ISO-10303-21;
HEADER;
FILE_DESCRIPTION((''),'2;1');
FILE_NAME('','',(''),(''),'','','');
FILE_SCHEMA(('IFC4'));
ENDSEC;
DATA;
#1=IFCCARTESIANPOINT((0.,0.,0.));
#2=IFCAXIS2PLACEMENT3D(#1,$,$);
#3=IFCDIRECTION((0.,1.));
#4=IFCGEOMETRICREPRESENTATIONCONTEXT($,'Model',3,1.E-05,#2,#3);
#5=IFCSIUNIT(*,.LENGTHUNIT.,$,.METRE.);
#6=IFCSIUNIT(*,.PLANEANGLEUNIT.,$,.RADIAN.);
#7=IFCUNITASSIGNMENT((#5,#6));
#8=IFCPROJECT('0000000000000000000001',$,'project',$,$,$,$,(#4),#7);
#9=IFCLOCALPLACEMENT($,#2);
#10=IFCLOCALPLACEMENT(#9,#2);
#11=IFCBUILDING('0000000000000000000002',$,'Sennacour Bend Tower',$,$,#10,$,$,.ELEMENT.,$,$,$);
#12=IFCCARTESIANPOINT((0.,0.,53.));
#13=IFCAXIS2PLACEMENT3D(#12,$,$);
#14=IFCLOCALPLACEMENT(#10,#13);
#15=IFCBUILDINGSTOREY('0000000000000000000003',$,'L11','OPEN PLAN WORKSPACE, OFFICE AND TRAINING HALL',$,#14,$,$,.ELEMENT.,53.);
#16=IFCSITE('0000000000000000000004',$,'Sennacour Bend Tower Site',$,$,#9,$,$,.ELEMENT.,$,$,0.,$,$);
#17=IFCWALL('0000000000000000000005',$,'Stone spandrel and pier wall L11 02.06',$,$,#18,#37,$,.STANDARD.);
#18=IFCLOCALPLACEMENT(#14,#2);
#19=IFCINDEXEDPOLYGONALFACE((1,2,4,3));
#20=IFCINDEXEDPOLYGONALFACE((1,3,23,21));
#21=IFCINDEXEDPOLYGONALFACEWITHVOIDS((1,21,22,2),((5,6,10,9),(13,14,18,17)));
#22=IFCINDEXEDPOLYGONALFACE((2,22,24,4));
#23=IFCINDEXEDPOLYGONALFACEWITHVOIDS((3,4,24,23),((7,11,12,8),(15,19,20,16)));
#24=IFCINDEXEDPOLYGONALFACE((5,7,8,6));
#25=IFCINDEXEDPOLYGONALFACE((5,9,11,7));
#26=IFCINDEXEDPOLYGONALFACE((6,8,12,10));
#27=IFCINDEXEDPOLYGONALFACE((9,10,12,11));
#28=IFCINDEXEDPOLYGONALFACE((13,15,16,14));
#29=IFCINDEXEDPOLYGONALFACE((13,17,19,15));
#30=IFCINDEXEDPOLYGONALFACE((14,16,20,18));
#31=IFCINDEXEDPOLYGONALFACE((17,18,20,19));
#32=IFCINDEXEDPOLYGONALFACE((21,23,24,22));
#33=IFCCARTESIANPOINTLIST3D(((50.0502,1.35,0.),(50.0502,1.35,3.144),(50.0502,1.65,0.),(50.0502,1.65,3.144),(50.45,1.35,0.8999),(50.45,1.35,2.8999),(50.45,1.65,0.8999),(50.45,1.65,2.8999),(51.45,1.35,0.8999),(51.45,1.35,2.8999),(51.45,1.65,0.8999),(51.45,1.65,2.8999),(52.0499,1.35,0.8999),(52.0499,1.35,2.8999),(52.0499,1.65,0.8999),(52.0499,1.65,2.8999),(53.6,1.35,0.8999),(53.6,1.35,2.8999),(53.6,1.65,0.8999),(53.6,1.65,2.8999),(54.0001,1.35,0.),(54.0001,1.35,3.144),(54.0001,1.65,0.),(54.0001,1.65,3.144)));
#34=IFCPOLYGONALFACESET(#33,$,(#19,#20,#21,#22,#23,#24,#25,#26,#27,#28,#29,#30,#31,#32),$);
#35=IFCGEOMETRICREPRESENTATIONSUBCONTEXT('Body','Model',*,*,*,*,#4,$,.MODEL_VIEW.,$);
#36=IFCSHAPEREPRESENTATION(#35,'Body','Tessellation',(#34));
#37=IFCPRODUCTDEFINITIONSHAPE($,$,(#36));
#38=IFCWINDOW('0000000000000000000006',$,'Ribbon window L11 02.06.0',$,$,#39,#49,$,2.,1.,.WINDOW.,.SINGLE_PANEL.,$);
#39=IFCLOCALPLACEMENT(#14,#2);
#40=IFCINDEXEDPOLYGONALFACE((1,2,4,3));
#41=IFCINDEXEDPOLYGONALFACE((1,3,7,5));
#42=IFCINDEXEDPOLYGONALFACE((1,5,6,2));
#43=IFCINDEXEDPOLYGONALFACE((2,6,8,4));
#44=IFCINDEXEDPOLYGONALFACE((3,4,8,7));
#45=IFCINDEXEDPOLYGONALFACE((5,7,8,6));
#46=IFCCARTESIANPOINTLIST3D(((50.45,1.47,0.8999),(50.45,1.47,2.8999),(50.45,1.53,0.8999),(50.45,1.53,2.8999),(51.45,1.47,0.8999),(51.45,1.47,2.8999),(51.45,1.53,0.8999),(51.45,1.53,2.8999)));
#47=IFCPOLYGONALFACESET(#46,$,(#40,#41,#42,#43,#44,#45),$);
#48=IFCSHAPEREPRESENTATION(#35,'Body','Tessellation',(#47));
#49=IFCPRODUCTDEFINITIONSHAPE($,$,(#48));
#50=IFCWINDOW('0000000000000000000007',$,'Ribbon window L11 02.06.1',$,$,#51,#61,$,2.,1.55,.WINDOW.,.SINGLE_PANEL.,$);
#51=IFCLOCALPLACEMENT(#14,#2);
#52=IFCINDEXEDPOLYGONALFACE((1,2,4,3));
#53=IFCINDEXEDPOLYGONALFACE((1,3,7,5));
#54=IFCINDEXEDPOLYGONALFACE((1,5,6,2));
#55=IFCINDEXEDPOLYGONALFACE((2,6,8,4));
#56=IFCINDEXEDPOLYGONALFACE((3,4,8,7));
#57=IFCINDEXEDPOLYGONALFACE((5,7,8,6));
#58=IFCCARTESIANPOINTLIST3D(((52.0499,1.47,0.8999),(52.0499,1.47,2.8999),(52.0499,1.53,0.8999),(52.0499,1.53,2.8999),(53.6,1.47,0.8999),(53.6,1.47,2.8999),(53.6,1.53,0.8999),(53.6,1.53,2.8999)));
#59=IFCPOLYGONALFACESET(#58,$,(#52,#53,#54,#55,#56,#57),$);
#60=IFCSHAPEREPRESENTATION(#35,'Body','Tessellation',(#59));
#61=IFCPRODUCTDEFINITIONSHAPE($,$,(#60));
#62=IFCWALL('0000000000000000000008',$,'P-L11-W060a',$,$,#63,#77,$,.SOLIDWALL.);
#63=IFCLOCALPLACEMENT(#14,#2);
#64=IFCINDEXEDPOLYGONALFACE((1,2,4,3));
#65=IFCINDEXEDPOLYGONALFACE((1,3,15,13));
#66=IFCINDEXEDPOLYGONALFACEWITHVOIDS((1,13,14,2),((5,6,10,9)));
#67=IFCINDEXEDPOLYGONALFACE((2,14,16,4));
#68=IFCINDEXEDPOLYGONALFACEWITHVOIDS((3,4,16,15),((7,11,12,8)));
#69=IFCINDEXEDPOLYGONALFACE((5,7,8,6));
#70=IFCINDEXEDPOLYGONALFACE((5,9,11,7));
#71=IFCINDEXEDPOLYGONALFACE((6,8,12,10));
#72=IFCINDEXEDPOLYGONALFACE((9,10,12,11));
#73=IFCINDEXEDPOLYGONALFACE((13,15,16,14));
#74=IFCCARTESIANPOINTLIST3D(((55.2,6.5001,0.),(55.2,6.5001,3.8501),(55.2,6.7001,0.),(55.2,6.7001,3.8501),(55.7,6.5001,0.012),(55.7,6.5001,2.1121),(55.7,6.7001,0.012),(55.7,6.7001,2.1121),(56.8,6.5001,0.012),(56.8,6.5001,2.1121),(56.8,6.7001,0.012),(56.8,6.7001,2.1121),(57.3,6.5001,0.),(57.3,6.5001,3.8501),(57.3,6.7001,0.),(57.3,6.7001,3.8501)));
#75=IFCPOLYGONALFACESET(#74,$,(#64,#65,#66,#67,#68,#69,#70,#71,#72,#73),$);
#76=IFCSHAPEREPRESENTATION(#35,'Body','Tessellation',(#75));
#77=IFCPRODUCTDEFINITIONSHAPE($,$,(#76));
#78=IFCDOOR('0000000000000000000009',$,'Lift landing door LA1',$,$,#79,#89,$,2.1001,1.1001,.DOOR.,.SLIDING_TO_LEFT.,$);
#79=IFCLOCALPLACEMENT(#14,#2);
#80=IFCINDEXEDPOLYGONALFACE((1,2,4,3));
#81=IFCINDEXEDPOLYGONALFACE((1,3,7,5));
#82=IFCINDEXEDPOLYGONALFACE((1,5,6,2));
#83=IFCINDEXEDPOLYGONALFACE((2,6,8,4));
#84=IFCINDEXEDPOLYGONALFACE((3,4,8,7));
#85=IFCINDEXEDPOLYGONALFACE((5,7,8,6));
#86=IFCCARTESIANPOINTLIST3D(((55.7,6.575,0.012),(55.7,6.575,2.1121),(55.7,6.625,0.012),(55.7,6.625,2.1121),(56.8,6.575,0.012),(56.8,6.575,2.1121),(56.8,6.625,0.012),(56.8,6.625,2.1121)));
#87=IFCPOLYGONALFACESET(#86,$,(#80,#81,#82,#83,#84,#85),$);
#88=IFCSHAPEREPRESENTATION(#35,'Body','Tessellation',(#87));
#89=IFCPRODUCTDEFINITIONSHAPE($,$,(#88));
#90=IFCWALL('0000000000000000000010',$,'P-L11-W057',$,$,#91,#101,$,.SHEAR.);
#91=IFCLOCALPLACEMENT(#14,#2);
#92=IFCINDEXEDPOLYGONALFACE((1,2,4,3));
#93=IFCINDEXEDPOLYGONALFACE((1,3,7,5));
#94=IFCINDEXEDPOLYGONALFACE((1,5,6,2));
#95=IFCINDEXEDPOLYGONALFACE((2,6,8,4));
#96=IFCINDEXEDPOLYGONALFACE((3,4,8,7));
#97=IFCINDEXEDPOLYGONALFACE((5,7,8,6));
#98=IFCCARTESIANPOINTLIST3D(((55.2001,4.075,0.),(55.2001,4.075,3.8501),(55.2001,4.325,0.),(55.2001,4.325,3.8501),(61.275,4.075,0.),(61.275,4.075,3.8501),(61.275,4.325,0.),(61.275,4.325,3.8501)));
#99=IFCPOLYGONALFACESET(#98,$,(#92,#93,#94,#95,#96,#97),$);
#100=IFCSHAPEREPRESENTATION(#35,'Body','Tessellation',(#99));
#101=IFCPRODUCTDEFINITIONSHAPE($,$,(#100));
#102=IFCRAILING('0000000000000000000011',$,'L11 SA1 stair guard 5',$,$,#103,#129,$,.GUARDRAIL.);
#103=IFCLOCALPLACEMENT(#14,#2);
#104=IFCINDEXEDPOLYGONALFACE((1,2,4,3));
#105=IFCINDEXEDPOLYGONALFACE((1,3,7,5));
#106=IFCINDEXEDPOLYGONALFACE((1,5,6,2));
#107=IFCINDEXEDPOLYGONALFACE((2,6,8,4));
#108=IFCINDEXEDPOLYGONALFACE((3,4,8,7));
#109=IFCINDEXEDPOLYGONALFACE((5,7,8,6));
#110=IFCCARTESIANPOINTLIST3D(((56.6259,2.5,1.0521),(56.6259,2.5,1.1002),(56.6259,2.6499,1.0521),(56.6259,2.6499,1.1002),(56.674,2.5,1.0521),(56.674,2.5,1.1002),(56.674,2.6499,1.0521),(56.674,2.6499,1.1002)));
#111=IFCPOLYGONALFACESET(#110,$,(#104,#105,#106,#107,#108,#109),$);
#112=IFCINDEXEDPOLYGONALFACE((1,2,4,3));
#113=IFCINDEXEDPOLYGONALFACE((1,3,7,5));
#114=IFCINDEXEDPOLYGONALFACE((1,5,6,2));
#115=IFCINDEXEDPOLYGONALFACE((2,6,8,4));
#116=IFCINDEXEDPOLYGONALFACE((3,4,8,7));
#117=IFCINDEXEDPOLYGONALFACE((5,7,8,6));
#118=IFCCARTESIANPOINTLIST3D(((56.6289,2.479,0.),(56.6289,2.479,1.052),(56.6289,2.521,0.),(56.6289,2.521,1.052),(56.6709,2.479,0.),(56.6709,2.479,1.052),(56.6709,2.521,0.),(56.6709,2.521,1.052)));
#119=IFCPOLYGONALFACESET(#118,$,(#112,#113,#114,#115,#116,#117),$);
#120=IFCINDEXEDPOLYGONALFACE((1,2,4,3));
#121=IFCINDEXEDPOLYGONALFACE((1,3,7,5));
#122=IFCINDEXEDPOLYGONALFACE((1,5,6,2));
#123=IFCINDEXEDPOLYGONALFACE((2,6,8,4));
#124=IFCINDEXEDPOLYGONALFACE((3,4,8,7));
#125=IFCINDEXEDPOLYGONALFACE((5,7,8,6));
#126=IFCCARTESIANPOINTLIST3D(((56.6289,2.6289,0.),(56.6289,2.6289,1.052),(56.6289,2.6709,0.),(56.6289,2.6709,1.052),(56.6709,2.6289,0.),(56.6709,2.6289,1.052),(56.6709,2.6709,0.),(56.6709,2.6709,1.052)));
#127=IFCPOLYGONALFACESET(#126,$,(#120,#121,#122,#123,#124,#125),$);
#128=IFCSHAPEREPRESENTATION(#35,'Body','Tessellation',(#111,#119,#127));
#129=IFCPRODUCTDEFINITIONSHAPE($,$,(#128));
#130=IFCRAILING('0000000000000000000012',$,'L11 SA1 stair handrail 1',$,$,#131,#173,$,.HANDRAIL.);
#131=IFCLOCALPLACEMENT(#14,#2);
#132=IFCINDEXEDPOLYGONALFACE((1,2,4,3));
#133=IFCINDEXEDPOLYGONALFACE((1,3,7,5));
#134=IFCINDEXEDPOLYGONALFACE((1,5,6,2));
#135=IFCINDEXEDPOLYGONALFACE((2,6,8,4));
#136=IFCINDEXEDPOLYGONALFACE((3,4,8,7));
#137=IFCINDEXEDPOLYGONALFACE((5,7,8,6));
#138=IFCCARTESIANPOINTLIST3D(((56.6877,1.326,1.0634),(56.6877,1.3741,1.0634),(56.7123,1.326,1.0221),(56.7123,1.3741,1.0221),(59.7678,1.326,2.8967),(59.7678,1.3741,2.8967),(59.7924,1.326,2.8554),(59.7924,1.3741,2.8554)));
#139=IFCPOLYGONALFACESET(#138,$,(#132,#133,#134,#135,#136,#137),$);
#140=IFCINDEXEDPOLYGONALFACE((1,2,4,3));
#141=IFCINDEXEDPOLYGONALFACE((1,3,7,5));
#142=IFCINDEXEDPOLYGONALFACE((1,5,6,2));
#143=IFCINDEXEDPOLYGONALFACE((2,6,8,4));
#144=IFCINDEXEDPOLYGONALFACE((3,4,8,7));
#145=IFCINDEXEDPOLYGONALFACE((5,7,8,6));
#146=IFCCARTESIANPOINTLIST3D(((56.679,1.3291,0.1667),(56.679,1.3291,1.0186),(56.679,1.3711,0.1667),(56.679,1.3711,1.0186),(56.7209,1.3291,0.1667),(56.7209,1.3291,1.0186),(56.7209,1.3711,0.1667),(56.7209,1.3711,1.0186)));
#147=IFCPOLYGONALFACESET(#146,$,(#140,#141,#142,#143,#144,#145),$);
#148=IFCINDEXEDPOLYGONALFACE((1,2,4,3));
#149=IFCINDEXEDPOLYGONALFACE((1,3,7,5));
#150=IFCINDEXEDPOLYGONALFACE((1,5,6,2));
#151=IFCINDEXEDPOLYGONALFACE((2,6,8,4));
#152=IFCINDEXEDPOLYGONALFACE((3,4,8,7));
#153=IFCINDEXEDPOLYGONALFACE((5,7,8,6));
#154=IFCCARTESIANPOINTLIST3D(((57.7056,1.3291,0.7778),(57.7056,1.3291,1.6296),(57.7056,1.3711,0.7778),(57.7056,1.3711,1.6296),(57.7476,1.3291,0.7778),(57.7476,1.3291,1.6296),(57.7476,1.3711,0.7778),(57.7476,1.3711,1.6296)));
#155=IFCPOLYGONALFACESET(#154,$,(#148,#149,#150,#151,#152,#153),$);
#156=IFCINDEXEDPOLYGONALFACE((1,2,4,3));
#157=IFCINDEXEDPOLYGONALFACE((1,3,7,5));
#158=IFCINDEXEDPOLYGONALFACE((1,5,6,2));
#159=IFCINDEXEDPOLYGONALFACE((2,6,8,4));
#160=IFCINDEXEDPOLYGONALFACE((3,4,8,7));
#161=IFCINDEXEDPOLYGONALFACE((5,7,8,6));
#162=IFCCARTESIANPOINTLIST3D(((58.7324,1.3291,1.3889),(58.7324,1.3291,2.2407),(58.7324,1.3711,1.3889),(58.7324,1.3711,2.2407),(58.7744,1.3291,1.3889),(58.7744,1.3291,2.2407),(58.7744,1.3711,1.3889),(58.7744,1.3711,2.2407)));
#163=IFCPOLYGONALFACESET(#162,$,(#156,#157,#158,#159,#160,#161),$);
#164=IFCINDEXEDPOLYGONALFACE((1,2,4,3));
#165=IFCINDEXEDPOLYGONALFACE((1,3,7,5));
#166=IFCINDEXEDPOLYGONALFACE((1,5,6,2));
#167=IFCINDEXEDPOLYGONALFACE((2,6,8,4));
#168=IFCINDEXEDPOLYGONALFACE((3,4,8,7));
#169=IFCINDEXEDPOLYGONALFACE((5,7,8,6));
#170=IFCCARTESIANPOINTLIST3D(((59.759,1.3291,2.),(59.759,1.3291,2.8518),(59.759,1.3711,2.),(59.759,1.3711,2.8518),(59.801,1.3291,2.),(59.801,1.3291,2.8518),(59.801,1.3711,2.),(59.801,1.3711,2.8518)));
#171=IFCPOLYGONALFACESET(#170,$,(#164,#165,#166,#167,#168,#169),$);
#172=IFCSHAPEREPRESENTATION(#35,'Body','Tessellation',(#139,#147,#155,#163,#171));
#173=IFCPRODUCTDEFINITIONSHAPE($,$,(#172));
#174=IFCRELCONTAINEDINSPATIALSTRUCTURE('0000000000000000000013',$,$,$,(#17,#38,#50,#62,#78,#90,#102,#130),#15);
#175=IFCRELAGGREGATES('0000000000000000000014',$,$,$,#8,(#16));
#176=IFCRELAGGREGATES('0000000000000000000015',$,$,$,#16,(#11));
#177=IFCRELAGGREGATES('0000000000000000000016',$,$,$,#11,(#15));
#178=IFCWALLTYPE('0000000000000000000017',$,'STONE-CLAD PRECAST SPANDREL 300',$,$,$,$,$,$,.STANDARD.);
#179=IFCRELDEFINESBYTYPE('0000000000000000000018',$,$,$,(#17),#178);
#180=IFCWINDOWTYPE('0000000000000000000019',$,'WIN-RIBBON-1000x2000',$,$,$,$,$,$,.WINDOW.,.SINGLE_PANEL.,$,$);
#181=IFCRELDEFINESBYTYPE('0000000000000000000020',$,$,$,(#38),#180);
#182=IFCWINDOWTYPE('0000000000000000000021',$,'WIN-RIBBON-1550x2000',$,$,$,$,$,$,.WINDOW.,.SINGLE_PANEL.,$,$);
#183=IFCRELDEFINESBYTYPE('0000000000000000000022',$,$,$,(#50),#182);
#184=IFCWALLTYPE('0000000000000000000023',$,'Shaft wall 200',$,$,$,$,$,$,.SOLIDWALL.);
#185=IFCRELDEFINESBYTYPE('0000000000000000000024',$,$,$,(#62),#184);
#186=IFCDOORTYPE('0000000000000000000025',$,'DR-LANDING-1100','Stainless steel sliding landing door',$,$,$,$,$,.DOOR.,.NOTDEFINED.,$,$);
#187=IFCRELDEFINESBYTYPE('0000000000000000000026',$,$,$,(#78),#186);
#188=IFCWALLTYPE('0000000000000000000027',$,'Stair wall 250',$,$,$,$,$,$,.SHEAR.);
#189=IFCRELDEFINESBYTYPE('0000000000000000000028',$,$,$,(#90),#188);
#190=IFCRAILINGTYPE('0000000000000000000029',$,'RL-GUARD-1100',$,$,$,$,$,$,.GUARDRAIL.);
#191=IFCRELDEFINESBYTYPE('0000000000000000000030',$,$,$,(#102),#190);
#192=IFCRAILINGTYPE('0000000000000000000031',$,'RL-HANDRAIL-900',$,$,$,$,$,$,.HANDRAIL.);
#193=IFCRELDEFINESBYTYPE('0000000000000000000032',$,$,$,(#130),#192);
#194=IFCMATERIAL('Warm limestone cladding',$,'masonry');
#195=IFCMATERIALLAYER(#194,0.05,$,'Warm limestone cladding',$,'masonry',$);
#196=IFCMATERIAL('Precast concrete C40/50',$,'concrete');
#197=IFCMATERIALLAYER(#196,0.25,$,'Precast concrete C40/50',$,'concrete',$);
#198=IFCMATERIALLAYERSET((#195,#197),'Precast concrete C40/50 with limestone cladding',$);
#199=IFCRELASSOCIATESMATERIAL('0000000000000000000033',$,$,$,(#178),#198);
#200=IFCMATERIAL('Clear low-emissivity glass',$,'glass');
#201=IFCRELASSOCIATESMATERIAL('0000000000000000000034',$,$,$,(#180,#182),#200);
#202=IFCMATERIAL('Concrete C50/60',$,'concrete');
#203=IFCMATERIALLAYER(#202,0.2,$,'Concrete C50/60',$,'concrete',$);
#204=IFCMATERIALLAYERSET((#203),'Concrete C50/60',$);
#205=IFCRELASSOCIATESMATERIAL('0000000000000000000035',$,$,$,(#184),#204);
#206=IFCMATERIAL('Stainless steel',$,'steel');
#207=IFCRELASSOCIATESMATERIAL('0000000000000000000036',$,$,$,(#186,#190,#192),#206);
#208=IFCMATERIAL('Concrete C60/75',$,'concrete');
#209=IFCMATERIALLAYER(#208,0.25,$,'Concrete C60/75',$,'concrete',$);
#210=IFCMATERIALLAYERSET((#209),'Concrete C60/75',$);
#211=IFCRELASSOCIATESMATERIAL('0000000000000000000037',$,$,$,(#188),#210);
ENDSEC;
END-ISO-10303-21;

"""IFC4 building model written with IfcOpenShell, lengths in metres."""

from ifc_helpers import new_model, si_unit, direction, frame, frame_2d, origin, origin_2d, place, context, subcontext, project, spatial, rectangle, extrude, material, layer, layer_set, type_object, element, fill, save


model = new_model("IFC4")

# Units and contexts
model_context = context("Model", 3, precision=1e-05, world=origin(), true_north=direction((0.0, 1.0)))
body_context = subcontext(model_context, "Body", "Model", "MODEL_VIEW")
ifc_project = project(units=[si_unit("LENGTHUNIT", "METRE"), si_unit("PLANEANGLEUNIT", "RADIAN")], contexts=[model_context])

# Site, building, storey
site_placement = place(None, origin())
site = spatial("IfcSite", under=ifc_project, at=site_placement, Name="Sennacour Bend Tower Site", CompositionType="ELEMENT", RefElevation=0.0)
building_placement = place(site_placement, origin())
building = spatial("IfcBuilding", under=site, at=building_placement, Name="Sennacour Bend Tower", CompositionType="ELEMENT")
storey_placement = place(building_placement, frame((0.0, 0.0, 53.0)))
storey = spatial("IfcBuildingStorey", under=building, at=storey_placement, Name="L11", Description="OPEN PLAN WORKSPACE, OFFICE AND TRAINING HALL", CompositionType="ELEMENT", Elevation=53.0)

# Wall, openings, windows
ifc_material_1 = material(Name="Warm limestone cladding", Category="masonry")
ifc_layer_1 = layer(ifc_material_1, 0.05, Name="Warm limestone cladding", Category="masonry")
ifc_material_2 = material(Name="Precast concrete C40/50", Category="concrete")
ifc_layer_2 = layer(ifc_material_2, 0.25, Name="Precast concrete C40/50", Category="concrete")
ifc_layer_set_1 = layer_set([ifc_layer_1, ifc_layer_2], Name="Precast concrete C40/50 with limestone cladding")
wall_type_1 = type_object("IfcWallType", Name="STONE-CLAD PRECAST SPANDREL 300", PredefinedType="STANDARD", material=ifc_layer_set_1)
wall_1_placement = place(storey_placement, frame((50.05, 1.5, 0.0), z_axis=(0.0, 0.0, 1.0), x_axis=(1.0, 0.0, 0.0)))
wall_1 = element("IfcWall", 1, at=wall_1_placement, inside=storey, type_object=wall_type_1, Name="Stone spandrel and pier wall L11 02.06", PredefinedType="STANDARD", context=body_context, shape_type="SweptSolid", body=[
    extrude(rectangle(XDim=3.95, YDim=0.3, at=frame_2d((1.9751, 0.0))), origin(), (0.0, 0.0, 1.0), 3.144),
])
opening_1_placement = place(wall_1_placement, frame((0.3999, 0.0, 0.8999)))
opening_1 = element("IfcOpeningElement", 2, at=opening_1_placement, cuts=wall_1, PredefinedType="OPENING", context=body_context, shape_type="SweptSolid", body=[
    extrude(rectangle(XDim=1.0, YDim=2.0, at=frame_2d((0.5, 1.0))), frame((0.0, 0.1602, 0.0), z_axis=(0.0, -1.0, 0.0), x_axis=(1.0, 0.0, 0.0)), (0.0, 0.0, 1.0), 0.3201),
])
opening_2_placement = place(wall_1_placement, frame((2.0, 0.0, 0.8999)))
opening_2 = element("IfcOpeningElement", 3, at=opening_2_placement, cuts=wall_1, PredefinedType="OPENING", context=body_context, shape_type="SweptSolid", body=[
    extrude(rectangle(XDim=1.55, YDim=2.0, at=frame_2d((0.7749, 1.0))), frame((0.0, 0.1602, 0.0), z_axis=(0.0, -1.0, 0.0), x_axis=(1.0, 0.0, 0.0)), (0.0, 0.0, 1.0), 0.3201),
])
ifc_material_3 = material(Name="Clear low-emissivity glass", Category="glass")
window_type_1 = type_object("IfcWindowType", Name="WIN-RIBBON-1000x2000", PartitioningType="SINGLE_PANEL", PredefinedType="WINDOW", material=ifc_material_3)
window_1_placement = place(opening_1_placement, origin())
window_1 = element("IfcWindow", 4, at=window_1_placement, inside=storey, type_object=window_type_1, Name="Ribbon window L11 02.06.0", OverallHeight=2.0, OverallWidth=1.0, PartitioningType="SINGLE_PANEL", PredefinedType="WINDOW", context=body_context, shape_type="SweptSolid", body=[
    extrude(rectangle(XDim=1.0, YDim=2.0, at=frame_2d((0.5, 1.0))), frame((0.0, 0.03, 0.0), z_axis=(0.0, -1.0, 0.0), x_axis=(1.0, 0.0, 0.0)), (0.0, 0.0, 1.0), 0.0601),
])
fill(opening_1, window_1)
window_type_2 = type_object("IfcWindowType", Name="WIN-RIBBON-1550x2000", PartitioningType="SINGLE_PANEL", PredefinedType="WINDOW", material=ifc_material_3)
window_2_placement = place(opening_2_placement, origin())
window_2 = element("IfcWindow", 5, at=window_2_placement, inside=storey, type_object=window_type_2, Name="Ribbon window L11 02.06.1", OverallHeight=2.0, OverallWidth=1.55, PartitioningType="SINGLE_PANEL", PredefinedType="WINDOW", context=body_context, shape_type="SweptSolid", body=[
    extrude(rectangle(XDim=1.55, YDim=2.0, at=frame_2d((0.7749, 1.0))), frame((0.0, 0.03, 0.0), z_axis=(0.0, -1.0, 0.0), x_axis=(1.0, 0.0, 0.0)), (0.0, 0.0, 1.0), 0.0601),
])
fill(opening_2, window_2)

# Wall, opening, door
ifc_material_4 = material(Name="Concrete C50/60", Category="concrete")
ifc_layer_3 = layer(ifc_material_4, 0.2, Name="Concrete C50/60", Category="concrete")
ifc_layer_set_2 = layer_set([ifc_layer_3], Name="Concrete C50/60")
wall_type_2 = type_object("IfcWallType", Name="Shaft wall 200", PredefinedType="SOLIDWALL", material=ifc_layer_set_2)
wall_2_placement = place(storey_placement, frame((55.2, 6.6001, 0.0), z_axis=(0.0, 0.0, 1.0), x_axis=(1.0, 0.0, 0.0)))
wall_2 = element("IfcWall", 6, at=wall_2_placement, inside=storey, type_object=wall_type_2, Name="P-L11-W060a", PredefinedType="SOLIDWALL", context=body_context, shape_type="SweptSolid", body=[
    extrude(rectangle(XDim=2.1001, YDim=0.2, at=frame_2d((1.05, 0.0))), origin(), (0.0, 0.0, 1.0), 3.8501),
])
opening_3_placement = place(wall_2_placement, frame((0.5, 0.0, 0.012)))
opening_3 = element("IfcOpeningElement", 7, at=opening_3_placement, cuts=wall_2, PredefinedType="OPENING", context=body_context, shape_type="SweptSolid", body=[
    extrude(rectangle(XDim=1.1001, YDim=2.1001, at=frame_2d((0.55, 1.05))), frame((0.0, 0.1099, 0.0), z_axis=(0.0, -1.0, 0.0), x_axis=(1.0, 0.0, 0.0)), (0.0, 0.0, 1.0), 0.22),
])
ifc_material_5 = material(Name="Stainless steel", Category="steel")
door_type_1 = type_object("IfcDoorType", Name="DR-LANDING-1100", Description="Stainless steel sliding landing door", OperationType="NOTDEFINED", PredefinedType="DOOR", material=ifc_material_5)
door_1_placement = place(opening_3_placement, origin())
door_1 = element("IfcDoor", 8, at=door_1_placement, inside=storey, type_object=door_type_1, Name="Lift landing door LA1", OperationType="SLIDING_TO_LEFT", OverallHeight=2.1001, OverallWidth=1.1001, PredefinedType="DOOR", context=body_context, shape_type="SweptSolid", body=[
    extrude(rectangle(XDim=1.1001, YDim=2.1001, at=frame_2d((0.55, 1.05))), frame((0.0, 0.0249, 0.0), z_axis=(0.0, -1.0, 0.0), x_axis=(1.0, 0.0, 0.0)), (0.0, 0.0, 1.0), 0.05),
])
fill(opening_3, door_1)

# Wall
ifc_material_6 = material(Name="Concrete C60/75", Category="concrete")
ifc_layer_4 = layer(ifc_material_6, 0.25, Name="Concrete C60/75", Category="concrete")
ifc_layer_set_3 = layer_set([ifc_layer_4], Name="Concrete C60/75")
wall_type_3 = type_object("IfcWallType", Name="Stair wall 250", PredefinedType="SHEAR", material=ifc_layer_set_3)
wall_3_placement = place(storey_placement, frame((55.2, 4.2, 0.0), z_axis=(0.0, 0.0, 1.0), x_axis=(1.0, 0.0, 0.0)))
element("IfcWall", 9, at=wall_3_placement, inside=storey, type_object=wall_type_3, Name="P-L11-W057", PredefinedType="SHEAR", context=body_context, shape_type="SweptSolid", body=[
    extrude(rectangle(XDim=6.075, YDim=0.25, at=frame_2d((3.0376, 0.0))), origin(), (0.0, 0.0, 1.0), 3.8501),
])

# Railings
railing_type_1 = type_object("IfcRailingType", Name="RL-GUARD-1100", PredefinedType="GUARDRAIL", material=ifc_material_5)
railing_1_placement = place(storey_placement, frame((56.6499, 2.5, 0.0)))
element("IfcRailing", 10, at=railing_1_placement, inside=storey, type_object=railing_type_1, Name="L11 SA1 stair guard 5", PredefinedType="GUARDRAIL", context=body_context, shape_type="SweptSolid", body=[
    extrude(rectangle(XDim=0.0481, YDim=0.0481, at=origin_2d()), frame((0.0, 0.0, 1.0762), z_axis=(0.0, 1.0, 0.0), x_axis=(-1.0, 0.0, 0.0)), (0.0, 0.0, 1.0), 0.1499),
    extrude(rectangle(XDim=0.042, YDim=0.042, at=origin_2d()), origin(), (0.0, 0.0, 1.0), 1.052),
    extrude(rectangle(XDim=0.042, YDim=0.042, at=origin_2d()), frame((0.0, 0.1499, 0.0)), (0.0, 0.0, 1.0), 1.052),
])
railing_type_2 = type_object("IfcRailingType", Name="RL-HANDRAIL-900", PredefinedType="HANDRAIL", material=ifc_material_5)
railing_2_placement = place(storey_placement, frame((56.7, 1.3501, 0.1667)))
element("IfcRailing", 11, at=railing_2_placement, inside=storey, type_object=railing_type_2, Name="L11 SA1 stair handrail 1", PredefinedType="HANDRAIL", context=body_context, shape_type="SweptSolid", body=[
    extrude(rectangle(XDim=0.0481, YDim=0.0481, at=origin_2d()), frame((0.0, 0.0, 0.876), z_axis=(0.859309, 0.0, 0.511458), x_axis=(0.0, 1.0, 0.0)), (0.0, 0.0, 1.0), 3.5845),
    extrude(rectangle(XDim=0.042, YDim=0.042, at=origin_2d()), origin(), (0.0, 0.0, 1.0), 0.8518),
    extrude(rectangle(XDim=0.042, YDim=0.042, at=origin_2d()), frame((1.0266, 0.0, 0.6111)), (0.0, 0.0, 1.0), 0.8518),
    extrude(rectangle(XDim=0.042, YDim=0.042, at=origin_2d()), frame((2.0535, 0.0, 1.2222)), (0.0, 0.0, 1.0), 0.8518),
    extrude(rectangle(XDim=0.042, YDim=0.042, at=origin_2d()), frame((3.0801, 0.0, 1.8333)), (0.0, 0.0, 1.0), 0.8518),
])

save(model, "model.ifc")
